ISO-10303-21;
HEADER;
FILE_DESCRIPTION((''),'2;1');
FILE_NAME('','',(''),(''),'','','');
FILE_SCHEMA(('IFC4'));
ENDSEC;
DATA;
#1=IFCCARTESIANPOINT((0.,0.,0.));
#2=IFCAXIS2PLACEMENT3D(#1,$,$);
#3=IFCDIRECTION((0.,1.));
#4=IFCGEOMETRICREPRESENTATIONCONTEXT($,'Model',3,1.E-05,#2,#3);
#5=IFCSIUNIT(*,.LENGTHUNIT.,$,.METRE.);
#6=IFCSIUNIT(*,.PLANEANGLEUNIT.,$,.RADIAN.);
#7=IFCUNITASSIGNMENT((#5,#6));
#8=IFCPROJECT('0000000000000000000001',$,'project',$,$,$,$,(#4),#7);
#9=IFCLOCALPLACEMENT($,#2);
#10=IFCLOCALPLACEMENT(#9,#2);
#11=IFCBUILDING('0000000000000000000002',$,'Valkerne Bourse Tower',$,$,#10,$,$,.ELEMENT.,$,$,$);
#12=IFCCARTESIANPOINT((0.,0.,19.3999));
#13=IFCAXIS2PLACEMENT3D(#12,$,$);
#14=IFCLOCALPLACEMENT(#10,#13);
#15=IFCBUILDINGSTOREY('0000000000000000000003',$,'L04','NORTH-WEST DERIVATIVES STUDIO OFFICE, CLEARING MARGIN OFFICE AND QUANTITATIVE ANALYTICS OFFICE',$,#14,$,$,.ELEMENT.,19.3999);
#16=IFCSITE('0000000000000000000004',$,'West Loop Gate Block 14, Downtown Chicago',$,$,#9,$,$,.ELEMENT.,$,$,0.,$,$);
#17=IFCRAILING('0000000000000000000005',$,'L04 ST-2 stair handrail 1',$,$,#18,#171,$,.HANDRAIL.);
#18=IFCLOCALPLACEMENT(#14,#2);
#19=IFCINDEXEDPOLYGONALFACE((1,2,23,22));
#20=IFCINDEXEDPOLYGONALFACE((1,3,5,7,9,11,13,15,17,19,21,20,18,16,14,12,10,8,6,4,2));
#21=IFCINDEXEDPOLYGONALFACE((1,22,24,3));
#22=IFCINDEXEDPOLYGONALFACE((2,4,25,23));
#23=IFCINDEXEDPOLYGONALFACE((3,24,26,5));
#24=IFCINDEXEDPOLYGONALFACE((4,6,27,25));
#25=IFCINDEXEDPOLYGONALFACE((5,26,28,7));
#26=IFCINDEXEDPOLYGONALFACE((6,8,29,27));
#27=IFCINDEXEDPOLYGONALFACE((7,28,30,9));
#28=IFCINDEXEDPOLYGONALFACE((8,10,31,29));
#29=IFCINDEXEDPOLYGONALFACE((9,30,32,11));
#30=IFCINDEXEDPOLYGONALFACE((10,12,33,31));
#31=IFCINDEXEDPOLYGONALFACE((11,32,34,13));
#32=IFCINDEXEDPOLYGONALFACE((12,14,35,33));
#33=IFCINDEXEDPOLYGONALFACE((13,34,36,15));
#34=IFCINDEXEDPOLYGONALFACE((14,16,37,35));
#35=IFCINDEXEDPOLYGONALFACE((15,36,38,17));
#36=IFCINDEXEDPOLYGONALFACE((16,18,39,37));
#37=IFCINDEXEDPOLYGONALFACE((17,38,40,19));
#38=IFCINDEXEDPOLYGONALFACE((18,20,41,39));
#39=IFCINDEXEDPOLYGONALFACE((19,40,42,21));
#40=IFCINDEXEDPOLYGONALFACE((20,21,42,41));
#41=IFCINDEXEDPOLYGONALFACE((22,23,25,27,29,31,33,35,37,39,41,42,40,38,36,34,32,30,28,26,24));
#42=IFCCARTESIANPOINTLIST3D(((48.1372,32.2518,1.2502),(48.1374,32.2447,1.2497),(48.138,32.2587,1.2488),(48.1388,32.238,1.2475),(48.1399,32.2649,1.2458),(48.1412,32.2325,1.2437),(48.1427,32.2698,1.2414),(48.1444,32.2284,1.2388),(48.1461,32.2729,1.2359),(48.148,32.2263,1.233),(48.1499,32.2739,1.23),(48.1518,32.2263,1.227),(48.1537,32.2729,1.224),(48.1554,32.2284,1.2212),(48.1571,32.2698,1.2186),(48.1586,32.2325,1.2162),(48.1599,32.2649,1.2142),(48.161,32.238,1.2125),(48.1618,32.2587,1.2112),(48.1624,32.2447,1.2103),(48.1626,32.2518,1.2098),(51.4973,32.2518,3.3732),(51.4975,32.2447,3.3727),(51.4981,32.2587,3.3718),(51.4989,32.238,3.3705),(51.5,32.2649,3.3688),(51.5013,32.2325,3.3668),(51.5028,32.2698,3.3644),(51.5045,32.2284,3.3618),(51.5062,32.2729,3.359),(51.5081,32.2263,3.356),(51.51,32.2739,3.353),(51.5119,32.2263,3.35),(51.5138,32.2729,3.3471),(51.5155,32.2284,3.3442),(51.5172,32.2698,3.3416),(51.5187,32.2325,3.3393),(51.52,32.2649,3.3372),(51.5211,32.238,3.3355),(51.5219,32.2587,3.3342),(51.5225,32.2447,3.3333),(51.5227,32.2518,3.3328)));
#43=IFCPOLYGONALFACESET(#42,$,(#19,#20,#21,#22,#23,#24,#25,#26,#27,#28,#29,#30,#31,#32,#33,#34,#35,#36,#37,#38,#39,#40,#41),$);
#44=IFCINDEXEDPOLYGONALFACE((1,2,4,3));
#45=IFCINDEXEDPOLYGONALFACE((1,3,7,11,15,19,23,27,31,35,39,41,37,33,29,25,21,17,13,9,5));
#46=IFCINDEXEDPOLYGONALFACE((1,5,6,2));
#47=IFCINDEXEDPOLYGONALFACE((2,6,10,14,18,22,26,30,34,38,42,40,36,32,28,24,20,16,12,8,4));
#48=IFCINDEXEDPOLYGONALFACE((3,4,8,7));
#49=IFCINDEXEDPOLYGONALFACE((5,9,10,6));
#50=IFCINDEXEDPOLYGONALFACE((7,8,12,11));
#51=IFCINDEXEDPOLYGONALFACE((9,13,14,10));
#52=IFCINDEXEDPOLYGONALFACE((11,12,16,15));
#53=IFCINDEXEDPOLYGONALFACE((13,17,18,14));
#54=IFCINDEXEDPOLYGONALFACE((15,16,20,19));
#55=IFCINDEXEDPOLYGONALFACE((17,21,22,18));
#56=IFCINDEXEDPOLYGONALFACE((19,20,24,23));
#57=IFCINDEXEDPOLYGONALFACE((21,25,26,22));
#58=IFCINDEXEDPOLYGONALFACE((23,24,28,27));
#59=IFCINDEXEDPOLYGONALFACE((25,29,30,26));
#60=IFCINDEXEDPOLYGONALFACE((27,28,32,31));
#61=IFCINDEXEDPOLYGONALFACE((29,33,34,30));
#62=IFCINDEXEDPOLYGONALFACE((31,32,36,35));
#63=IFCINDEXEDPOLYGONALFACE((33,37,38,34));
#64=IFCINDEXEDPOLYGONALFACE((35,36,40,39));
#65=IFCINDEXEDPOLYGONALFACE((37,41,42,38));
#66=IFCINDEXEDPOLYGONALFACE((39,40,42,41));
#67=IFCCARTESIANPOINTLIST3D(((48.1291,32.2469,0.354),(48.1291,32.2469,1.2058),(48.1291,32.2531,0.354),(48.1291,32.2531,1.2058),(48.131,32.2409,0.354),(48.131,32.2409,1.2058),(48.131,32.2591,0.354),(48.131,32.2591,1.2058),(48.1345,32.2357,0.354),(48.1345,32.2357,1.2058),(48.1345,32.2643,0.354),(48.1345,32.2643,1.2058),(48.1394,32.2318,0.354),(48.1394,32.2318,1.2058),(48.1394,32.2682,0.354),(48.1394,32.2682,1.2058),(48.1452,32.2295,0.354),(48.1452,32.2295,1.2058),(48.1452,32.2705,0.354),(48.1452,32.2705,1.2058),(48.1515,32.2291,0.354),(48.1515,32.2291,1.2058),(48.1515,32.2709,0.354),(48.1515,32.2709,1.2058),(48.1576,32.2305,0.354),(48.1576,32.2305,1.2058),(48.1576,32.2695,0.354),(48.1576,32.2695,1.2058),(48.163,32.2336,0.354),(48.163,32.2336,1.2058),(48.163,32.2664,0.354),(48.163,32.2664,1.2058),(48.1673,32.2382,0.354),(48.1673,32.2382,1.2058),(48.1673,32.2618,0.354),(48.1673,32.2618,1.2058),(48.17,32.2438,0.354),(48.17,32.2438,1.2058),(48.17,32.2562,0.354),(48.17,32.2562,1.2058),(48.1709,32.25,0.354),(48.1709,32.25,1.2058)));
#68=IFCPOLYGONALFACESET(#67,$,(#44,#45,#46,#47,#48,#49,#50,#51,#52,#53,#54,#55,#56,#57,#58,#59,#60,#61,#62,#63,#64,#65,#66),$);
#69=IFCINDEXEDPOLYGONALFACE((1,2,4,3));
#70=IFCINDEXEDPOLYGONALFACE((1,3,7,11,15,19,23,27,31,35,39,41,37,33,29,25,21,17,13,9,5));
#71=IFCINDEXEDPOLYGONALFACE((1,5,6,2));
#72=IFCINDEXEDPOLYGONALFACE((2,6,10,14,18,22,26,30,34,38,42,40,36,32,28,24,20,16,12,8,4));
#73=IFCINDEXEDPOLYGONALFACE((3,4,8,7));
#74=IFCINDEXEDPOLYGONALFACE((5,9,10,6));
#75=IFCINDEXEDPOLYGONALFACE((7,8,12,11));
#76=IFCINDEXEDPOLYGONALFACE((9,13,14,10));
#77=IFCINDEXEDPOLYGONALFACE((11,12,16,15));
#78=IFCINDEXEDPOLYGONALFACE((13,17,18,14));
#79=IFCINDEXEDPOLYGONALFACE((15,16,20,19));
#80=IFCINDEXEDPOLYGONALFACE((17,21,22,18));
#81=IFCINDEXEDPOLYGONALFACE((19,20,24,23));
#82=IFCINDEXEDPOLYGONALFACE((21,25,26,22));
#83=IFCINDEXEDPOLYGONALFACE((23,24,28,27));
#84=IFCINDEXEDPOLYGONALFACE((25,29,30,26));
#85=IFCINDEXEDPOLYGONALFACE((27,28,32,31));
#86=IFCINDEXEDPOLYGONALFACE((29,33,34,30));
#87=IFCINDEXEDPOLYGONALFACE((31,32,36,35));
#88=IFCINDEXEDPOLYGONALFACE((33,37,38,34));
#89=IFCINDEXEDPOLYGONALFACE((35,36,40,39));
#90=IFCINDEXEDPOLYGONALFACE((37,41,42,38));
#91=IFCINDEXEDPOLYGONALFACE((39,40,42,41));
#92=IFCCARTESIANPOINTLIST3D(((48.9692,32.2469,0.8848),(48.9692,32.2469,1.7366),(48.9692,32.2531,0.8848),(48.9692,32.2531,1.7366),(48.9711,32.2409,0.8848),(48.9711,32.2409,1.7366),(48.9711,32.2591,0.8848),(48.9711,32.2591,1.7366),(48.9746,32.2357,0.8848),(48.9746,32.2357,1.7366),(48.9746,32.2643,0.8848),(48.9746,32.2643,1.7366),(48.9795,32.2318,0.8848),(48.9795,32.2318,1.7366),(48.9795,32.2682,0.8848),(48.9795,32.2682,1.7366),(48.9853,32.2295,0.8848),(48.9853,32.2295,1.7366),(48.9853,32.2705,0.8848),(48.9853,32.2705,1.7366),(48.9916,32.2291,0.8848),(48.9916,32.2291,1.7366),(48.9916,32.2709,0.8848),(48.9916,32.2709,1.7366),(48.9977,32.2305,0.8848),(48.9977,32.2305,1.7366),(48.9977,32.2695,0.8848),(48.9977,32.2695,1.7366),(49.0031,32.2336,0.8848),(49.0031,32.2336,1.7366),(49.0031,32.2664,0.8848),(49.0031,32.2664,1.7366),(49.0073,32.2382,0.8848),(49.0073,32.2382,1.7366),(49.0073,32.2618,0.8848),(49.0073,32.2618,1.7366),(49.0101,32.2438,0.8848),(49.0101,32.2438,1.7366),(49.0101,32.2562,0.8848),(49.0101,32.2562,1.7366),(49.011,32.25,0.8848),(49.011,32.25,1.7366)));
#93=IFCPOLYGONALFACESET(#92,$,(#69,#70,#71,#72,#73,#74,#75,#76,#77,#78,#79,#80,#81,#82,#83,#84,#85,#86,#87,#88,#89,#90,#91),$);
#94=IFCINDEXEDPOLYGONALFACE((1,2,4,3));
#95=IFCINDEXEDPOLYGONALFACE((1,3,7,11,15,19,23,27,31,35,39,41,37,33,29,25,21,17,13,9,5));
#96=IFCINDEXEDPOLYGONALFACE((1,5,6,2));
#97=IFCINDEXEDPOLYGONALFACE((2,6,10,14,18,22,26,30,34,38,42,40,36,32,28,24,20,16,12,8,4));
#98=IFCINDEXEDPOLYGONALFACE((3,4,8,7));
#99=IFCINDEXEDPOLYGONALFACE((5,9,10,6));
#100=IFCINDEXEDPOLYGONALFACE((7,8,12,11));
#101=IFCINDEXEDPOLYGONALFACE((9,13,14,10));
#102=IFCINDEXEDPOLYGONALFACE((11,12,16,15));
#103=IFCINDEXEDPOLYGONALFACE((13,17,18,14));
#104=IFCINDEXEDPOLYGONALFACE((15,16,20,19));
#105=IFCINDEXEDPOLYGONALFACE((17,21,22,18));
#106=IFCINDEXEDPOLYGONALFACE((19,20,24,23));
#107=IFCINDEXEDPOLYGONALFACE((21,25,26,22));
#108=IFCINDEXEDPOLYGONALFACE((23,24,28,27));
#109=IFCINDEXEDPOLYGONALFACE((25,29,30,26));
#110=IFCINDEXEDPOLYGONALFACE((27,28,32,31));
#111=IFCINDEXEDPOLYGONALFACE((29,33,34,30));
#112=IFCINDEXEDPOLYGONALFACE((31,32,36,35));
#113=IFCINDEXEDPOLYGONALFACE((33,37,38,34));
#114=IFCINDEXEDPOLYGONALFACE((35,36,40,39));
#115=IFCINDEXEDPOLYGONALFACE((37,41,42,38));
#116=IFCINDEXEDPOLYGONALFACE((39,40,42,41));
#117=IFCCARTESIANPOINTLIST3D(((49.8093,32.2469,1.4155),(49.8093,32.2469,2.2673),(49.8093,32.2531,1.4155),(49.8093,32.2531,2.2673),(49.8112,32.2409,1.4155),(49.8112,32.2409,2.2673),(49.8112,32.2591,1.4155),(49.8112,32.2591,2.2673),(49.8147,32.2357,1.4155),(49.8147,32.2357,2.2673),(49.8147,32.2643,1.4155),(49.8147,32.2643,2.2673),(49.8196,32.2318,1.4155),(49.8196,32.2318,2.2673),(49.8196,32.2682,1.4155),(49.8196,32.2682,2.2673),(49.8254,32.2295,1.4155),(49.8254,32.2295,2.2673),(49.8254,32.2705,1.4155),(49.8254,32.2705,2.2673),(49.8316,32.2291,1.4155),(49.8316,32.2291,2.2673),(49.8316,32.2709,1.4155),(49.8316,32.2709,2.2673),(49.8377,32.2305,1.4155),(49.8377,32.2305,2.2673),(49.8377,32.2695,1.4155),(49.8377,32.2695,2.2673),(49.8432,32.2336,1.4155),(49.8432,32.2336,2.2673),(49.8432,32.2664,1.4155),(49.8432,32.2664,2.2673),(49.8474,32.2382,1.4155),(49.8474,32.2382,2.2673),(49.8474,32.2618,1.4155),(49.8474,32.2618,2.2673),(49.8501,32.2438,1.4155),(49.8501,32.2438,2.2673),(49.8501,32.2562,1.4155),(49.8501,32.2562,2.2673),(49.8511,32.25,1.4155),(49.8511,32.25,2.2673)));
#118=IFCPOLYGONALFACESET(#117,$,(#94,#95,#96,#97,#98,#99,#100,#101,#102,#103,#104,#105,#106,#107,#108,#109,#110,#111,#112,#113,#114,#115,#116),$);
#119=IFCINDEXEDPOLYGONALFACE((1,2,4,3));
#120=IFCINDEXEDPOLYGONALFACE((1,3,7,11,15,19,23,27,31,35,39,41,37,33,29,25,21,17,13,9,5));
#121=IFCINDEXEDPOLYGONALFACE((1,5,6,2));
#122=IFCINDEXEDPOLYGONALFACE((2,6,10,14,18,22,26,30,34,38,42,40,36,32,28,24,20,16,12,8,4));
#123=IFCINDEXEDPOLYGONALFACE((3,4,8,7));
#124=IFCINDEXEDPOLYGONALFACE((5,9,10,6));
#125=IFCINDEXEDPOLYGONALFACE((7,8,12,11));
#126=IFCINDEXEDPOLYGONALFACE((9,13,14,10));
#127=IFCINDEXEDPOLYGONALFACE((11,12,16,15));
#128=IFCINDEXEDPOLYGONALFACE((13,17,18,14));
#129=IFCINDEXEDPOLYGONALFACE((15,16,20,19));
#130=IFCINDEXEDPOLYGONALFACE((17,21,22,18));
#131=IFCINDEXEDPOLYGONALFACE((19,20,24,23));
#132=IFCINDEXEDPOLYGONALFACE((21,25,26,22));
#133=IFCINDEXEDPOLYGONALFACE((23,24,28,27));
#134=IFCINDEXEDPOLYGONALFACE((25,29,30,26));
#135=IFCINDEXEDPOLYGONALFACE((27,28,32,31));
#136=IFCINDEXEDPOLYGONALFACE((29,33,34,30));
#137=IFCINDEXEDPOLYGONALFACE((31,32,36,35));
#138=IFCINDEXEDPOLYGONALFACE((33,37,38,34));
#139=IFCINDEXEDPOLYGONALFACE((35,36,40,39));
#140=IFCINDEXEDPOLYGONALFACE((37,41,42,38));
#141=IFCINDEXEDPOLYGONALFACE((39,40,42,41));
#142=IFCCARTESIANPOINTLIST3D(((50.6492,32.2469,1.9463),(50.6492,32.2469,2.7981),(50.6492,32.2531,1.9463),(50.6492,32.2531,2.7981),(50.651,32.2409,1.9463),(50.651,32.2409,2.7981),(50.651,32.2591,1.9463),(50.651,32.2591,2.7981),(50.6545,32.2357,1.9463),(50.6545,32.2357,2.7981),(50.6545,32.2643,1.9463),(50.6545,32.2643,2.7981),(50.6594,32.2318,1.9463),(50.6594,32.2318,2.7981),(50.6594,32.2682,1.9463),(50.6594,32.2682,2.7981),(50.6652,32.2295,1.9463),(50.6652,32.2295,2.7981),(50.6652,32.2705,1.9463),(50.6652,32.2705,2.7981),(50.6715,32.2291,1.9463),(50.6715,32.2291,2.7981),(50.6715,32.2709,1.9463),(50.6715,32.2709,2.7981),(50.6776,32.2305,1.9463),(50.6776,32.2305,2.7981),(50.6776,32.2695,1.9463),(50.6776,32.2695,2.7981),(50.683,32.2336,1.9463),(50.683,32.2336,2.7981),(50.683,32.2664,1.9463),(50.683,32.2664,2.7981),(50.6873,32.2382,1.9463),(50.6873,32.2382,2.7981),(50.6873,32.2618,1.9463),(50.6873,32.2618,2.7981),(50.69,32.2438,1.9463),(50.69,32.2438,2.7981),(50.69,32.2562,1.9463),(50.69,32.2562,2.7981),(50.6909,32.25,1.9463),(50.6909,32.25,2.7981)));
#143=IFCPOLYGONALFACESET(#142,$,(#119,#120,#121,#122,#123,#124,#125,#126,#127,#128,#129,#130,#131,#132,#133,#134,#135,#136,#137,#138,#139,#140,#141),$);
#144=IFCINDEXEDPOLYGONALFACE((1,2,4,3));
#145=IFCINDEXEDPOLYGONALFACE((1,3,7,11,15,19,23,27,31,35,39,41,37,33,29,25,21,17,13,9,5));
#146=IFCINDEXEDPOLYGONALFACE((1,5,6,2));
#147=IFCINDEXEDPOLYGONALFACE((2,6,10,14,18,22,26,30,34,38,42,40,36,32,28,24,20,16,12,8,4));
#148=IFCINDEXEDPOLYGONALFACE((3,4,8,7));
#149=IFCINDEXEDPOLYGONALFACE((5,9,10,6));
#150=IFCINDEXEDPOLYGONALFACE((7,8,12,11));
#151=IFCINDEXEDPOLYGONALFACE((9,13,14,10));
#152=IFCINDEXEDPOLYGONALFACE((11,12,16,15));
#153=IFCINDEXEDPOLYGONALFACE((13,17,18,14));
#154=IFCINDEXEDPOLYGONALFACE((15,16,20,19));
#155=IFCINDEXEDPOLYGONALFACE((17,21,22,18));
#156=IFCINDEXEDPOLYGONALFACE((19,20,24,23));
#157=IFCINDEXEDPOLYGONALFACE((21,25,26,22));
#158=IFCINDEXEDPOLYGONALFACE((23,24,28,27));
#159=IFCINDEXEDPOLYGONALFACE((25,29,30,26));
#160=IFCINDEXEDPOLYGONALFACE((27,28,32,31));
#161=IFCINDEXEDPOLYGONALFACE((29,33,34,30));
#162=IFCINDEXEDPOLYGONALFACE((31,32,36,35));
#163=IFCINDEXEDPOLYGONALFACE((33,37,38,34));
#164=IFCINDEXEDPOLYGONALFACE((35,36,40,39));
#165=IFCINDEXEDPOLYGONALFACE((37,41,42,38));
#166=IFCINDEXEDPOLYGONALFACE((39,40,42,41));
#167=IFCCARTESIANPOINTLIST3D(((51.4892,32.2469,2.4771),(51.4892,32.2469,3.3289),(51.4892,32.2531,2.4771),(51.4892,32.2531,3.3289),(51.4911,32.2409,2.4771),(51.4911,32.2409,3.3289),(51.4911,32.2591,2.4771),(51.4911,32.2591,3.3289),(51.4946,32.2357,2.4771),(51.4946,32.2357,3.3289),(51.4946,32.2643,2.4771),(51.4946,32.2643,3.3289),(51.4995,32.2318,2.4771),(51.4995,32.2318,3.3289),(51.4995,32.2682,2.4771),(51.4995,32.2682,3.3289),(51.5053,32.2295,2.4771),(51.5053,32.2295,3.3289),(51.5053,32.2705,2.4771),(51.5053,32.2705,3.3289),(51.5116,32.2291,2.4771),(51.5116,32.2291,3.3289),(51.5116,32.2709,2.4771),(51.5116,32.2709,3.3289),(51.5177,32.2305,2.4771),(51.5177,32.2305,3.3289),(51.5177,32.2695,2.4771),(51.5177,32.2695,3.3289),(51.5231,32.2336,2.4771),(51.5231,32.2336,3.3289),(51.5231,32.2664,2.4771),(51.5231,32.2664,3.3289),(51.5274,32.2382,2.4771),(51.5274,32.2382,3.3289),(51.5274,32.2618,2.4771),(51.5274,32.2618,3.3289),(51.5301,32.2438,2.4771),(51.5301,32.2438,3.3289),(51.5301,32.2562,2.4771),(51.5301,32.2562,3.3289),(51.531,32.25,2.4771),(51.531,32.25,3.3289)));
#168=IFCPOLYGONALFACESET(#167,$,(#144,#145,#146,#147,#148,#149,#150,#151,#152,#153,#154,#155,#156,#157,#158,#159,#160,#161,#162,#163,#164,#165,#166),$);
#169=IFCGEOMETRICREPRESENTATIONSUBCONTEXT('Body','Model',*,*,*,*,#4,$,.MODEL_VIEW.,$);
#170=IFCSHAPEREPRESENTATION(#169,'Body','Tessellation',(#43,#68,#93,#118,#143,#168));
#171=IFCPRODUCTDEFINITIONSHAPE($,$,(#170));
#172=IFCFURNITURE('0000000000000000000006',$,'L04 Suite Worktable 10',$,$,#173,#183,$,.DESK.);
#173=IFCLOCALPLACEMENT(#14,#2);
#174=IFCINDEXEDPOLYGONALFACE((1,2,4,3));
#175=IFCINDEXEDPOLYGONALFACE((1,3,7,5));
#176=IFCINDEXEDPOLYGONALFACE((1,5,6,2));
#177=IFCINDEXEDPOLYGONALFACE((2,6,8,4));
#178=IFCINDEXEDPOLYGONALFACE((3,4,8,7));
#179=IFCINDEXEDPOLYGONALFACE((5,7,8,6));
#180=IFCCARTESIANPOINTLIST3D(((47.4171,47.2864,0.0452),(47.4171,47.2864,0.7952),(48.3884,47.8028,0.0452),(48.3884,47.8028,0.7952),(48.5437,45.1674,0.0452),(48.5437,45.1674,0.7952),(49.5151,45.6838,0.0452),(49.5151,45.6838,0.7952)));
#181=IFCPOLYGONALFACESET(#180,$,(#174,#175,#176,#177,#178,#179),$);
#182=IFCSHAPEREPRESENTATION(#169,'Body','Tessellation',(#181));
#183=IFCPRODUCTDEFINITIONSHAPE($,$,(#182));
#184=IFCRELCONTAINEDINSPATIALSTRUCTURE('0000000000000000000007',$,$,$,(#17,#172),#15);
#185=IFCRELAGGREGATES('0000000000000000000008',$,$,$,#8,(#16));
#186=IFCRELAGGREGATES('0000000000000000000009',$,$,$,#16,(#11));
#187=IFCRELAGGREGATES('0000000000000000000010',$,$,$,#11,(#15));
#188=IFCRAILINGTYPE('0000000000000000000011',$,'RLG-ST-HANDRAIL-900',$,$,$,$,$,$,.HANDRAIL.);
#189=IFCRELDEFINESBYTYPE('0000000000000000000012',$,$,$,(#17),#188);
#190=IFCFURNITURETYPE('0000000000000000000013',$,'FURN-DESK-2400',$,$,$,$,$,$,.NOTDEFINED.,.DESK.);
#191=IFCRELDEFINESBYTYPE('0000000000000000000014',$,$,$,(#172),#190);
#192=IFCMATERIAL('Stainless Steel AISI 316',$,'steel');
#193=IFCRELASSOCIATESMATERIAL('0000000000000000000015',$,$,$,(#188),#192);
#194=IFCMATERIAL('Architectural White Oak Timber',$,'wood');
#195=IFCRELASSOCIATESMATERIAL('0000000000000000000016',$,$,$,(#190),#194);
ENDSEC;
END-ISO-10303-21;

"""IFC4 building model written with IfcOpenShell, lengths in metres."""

from ifc_helpers import new_model, si_unit, direction, frame, origin, origin_2d, place, context, subcontext, project, spatial, rectangle, circle, extrude, material, type_object, element, save


model = new_model("IFC4")

# Units and contexts
model_context = context("Model", 3, precision=1e-05, world=origin(), true_north=direction((0.0, 1.0)))
body_context = subcontext(model_context, "Body", "Model", "MODEL_VIEW")
ifc_project = project(units=[si_unit("LENGTHUNIT", "METRE"), si_unit("PLANEANGLEUNIT", "RADIAN")], contexts=[model_context])

# Site, building, storey
site_placement = place(None, origin())
site = spatial("IfcSite", under=ifc_project, at=site_placement, Name="West Loop Gate Block 14, Downtown Chicago", CompositionType="ELEMENT", RefElevation=0.0)
building_placement = place(site_placement, origin())
building = spatial("IfcBuilding", under=site, at=building_placement, Name="Valkerne Bourse Tower", CompositionType="ELEMENT")
storey_placement = place(building_placement, frame((0.0, 0.0, 19.3999)))
storey = spatial("IfcBuildingStorey", under=building, at=storey_placement, Name="L04", Description="NORTH-WEST DERIVATIVES STUDIO OFFICE, CLEARING MARGIN OFFICE AND QUANTITATIVE ANALYTICS OFFICE", CompositionType="ELEMENT", Elevation=19.3999)

# Shared definitions
ifc_material_1 = material(Name="Architectural White Oak Timber", Category="wood")

# Railing
ifc_material_2 = material(Name="Stainless Steel AISI 316", Category="steel")
railing_type_1 = type_object("IfcRailingType", Name="RLG-ST-HANDRAIL-900", PredefinedType="HANDRAIL", material=ifc_material_2)
railing_1_placement = place(storey_placement, frame((48.1499, 32.25, 0.354)))
element("IfcRailing", 1, at=railing_1_placement, inside=storey, type_object=railing_type_1, Name="L04 ST-2 stair handrail 1", PredefinedType="HANDRAIL", context=body_context, shape_type="SweptSolid", body=[
    extrude(circle(Radius=0.0239, at=origin_2d()), frame((0.0, 0.0, 0.876), z_axis=(0.84539, 0.0, 0.53415), x_axis=(0.0, 1.0, 0.0)), (0.0, 0.0, 1.0), 3.9746),
    extrude(circle(Radius=0.021, at=origin_2d()), origin(), (0.0, 0.0, 1.0), 0.8518),
    extrude(circle(Radius=0.021, at=origin_2d()), frame((0.8401, 0.0, 0.5308)), (0.0, 0.0, 1.0), 0.8518),
    extrude(circle(Radius=0.021, at=origin_2d()), frame((1.6802, 0.0, 1.0615)), (0.0, 0.0, 1.0), 0.8518),
    extrude(circle(Radius=0.021, at=origin_2d()), frame((2.52, 0.0, 1.5923)), (0.0, 0.0, 1.0), 0.8518),
    extrude(circle(Radius=0.021, at=origin_2d()), frame((3.3601, 0.0, 2.123)), (0.0, 0.0, 1.0), 0.8518),
])

# Furniture
furniture_type = type_object("IfcFurnitureType", Name="FURN-DESK-2400", AssemblyPlace="NOTDEFINED", PredefinedType="DESK", material=ifc_material_1)
furniture_placement = place(storey_placement, frame((48.4661, 46.4851, 0.0452), z_axis=(0.0, 0.0, 1.0), x_axis=(-0.469472, 0.882948, 0.0)))
element("IfcFurniture", 2, at=furniture_placement, inside=storey, type_object=furniture_type, Name="L04 Suite Worktable 10", PredefinedType="DESK", context=body_context, shape_type="SweptSolid", body=[
    extrude(rectangle(XDim=2.3999, YDim=1.1001, at=origin_2d()), origin(), (0.0, 0.0, 1.0), 0.75),
])

save(model, "model.ifc")
